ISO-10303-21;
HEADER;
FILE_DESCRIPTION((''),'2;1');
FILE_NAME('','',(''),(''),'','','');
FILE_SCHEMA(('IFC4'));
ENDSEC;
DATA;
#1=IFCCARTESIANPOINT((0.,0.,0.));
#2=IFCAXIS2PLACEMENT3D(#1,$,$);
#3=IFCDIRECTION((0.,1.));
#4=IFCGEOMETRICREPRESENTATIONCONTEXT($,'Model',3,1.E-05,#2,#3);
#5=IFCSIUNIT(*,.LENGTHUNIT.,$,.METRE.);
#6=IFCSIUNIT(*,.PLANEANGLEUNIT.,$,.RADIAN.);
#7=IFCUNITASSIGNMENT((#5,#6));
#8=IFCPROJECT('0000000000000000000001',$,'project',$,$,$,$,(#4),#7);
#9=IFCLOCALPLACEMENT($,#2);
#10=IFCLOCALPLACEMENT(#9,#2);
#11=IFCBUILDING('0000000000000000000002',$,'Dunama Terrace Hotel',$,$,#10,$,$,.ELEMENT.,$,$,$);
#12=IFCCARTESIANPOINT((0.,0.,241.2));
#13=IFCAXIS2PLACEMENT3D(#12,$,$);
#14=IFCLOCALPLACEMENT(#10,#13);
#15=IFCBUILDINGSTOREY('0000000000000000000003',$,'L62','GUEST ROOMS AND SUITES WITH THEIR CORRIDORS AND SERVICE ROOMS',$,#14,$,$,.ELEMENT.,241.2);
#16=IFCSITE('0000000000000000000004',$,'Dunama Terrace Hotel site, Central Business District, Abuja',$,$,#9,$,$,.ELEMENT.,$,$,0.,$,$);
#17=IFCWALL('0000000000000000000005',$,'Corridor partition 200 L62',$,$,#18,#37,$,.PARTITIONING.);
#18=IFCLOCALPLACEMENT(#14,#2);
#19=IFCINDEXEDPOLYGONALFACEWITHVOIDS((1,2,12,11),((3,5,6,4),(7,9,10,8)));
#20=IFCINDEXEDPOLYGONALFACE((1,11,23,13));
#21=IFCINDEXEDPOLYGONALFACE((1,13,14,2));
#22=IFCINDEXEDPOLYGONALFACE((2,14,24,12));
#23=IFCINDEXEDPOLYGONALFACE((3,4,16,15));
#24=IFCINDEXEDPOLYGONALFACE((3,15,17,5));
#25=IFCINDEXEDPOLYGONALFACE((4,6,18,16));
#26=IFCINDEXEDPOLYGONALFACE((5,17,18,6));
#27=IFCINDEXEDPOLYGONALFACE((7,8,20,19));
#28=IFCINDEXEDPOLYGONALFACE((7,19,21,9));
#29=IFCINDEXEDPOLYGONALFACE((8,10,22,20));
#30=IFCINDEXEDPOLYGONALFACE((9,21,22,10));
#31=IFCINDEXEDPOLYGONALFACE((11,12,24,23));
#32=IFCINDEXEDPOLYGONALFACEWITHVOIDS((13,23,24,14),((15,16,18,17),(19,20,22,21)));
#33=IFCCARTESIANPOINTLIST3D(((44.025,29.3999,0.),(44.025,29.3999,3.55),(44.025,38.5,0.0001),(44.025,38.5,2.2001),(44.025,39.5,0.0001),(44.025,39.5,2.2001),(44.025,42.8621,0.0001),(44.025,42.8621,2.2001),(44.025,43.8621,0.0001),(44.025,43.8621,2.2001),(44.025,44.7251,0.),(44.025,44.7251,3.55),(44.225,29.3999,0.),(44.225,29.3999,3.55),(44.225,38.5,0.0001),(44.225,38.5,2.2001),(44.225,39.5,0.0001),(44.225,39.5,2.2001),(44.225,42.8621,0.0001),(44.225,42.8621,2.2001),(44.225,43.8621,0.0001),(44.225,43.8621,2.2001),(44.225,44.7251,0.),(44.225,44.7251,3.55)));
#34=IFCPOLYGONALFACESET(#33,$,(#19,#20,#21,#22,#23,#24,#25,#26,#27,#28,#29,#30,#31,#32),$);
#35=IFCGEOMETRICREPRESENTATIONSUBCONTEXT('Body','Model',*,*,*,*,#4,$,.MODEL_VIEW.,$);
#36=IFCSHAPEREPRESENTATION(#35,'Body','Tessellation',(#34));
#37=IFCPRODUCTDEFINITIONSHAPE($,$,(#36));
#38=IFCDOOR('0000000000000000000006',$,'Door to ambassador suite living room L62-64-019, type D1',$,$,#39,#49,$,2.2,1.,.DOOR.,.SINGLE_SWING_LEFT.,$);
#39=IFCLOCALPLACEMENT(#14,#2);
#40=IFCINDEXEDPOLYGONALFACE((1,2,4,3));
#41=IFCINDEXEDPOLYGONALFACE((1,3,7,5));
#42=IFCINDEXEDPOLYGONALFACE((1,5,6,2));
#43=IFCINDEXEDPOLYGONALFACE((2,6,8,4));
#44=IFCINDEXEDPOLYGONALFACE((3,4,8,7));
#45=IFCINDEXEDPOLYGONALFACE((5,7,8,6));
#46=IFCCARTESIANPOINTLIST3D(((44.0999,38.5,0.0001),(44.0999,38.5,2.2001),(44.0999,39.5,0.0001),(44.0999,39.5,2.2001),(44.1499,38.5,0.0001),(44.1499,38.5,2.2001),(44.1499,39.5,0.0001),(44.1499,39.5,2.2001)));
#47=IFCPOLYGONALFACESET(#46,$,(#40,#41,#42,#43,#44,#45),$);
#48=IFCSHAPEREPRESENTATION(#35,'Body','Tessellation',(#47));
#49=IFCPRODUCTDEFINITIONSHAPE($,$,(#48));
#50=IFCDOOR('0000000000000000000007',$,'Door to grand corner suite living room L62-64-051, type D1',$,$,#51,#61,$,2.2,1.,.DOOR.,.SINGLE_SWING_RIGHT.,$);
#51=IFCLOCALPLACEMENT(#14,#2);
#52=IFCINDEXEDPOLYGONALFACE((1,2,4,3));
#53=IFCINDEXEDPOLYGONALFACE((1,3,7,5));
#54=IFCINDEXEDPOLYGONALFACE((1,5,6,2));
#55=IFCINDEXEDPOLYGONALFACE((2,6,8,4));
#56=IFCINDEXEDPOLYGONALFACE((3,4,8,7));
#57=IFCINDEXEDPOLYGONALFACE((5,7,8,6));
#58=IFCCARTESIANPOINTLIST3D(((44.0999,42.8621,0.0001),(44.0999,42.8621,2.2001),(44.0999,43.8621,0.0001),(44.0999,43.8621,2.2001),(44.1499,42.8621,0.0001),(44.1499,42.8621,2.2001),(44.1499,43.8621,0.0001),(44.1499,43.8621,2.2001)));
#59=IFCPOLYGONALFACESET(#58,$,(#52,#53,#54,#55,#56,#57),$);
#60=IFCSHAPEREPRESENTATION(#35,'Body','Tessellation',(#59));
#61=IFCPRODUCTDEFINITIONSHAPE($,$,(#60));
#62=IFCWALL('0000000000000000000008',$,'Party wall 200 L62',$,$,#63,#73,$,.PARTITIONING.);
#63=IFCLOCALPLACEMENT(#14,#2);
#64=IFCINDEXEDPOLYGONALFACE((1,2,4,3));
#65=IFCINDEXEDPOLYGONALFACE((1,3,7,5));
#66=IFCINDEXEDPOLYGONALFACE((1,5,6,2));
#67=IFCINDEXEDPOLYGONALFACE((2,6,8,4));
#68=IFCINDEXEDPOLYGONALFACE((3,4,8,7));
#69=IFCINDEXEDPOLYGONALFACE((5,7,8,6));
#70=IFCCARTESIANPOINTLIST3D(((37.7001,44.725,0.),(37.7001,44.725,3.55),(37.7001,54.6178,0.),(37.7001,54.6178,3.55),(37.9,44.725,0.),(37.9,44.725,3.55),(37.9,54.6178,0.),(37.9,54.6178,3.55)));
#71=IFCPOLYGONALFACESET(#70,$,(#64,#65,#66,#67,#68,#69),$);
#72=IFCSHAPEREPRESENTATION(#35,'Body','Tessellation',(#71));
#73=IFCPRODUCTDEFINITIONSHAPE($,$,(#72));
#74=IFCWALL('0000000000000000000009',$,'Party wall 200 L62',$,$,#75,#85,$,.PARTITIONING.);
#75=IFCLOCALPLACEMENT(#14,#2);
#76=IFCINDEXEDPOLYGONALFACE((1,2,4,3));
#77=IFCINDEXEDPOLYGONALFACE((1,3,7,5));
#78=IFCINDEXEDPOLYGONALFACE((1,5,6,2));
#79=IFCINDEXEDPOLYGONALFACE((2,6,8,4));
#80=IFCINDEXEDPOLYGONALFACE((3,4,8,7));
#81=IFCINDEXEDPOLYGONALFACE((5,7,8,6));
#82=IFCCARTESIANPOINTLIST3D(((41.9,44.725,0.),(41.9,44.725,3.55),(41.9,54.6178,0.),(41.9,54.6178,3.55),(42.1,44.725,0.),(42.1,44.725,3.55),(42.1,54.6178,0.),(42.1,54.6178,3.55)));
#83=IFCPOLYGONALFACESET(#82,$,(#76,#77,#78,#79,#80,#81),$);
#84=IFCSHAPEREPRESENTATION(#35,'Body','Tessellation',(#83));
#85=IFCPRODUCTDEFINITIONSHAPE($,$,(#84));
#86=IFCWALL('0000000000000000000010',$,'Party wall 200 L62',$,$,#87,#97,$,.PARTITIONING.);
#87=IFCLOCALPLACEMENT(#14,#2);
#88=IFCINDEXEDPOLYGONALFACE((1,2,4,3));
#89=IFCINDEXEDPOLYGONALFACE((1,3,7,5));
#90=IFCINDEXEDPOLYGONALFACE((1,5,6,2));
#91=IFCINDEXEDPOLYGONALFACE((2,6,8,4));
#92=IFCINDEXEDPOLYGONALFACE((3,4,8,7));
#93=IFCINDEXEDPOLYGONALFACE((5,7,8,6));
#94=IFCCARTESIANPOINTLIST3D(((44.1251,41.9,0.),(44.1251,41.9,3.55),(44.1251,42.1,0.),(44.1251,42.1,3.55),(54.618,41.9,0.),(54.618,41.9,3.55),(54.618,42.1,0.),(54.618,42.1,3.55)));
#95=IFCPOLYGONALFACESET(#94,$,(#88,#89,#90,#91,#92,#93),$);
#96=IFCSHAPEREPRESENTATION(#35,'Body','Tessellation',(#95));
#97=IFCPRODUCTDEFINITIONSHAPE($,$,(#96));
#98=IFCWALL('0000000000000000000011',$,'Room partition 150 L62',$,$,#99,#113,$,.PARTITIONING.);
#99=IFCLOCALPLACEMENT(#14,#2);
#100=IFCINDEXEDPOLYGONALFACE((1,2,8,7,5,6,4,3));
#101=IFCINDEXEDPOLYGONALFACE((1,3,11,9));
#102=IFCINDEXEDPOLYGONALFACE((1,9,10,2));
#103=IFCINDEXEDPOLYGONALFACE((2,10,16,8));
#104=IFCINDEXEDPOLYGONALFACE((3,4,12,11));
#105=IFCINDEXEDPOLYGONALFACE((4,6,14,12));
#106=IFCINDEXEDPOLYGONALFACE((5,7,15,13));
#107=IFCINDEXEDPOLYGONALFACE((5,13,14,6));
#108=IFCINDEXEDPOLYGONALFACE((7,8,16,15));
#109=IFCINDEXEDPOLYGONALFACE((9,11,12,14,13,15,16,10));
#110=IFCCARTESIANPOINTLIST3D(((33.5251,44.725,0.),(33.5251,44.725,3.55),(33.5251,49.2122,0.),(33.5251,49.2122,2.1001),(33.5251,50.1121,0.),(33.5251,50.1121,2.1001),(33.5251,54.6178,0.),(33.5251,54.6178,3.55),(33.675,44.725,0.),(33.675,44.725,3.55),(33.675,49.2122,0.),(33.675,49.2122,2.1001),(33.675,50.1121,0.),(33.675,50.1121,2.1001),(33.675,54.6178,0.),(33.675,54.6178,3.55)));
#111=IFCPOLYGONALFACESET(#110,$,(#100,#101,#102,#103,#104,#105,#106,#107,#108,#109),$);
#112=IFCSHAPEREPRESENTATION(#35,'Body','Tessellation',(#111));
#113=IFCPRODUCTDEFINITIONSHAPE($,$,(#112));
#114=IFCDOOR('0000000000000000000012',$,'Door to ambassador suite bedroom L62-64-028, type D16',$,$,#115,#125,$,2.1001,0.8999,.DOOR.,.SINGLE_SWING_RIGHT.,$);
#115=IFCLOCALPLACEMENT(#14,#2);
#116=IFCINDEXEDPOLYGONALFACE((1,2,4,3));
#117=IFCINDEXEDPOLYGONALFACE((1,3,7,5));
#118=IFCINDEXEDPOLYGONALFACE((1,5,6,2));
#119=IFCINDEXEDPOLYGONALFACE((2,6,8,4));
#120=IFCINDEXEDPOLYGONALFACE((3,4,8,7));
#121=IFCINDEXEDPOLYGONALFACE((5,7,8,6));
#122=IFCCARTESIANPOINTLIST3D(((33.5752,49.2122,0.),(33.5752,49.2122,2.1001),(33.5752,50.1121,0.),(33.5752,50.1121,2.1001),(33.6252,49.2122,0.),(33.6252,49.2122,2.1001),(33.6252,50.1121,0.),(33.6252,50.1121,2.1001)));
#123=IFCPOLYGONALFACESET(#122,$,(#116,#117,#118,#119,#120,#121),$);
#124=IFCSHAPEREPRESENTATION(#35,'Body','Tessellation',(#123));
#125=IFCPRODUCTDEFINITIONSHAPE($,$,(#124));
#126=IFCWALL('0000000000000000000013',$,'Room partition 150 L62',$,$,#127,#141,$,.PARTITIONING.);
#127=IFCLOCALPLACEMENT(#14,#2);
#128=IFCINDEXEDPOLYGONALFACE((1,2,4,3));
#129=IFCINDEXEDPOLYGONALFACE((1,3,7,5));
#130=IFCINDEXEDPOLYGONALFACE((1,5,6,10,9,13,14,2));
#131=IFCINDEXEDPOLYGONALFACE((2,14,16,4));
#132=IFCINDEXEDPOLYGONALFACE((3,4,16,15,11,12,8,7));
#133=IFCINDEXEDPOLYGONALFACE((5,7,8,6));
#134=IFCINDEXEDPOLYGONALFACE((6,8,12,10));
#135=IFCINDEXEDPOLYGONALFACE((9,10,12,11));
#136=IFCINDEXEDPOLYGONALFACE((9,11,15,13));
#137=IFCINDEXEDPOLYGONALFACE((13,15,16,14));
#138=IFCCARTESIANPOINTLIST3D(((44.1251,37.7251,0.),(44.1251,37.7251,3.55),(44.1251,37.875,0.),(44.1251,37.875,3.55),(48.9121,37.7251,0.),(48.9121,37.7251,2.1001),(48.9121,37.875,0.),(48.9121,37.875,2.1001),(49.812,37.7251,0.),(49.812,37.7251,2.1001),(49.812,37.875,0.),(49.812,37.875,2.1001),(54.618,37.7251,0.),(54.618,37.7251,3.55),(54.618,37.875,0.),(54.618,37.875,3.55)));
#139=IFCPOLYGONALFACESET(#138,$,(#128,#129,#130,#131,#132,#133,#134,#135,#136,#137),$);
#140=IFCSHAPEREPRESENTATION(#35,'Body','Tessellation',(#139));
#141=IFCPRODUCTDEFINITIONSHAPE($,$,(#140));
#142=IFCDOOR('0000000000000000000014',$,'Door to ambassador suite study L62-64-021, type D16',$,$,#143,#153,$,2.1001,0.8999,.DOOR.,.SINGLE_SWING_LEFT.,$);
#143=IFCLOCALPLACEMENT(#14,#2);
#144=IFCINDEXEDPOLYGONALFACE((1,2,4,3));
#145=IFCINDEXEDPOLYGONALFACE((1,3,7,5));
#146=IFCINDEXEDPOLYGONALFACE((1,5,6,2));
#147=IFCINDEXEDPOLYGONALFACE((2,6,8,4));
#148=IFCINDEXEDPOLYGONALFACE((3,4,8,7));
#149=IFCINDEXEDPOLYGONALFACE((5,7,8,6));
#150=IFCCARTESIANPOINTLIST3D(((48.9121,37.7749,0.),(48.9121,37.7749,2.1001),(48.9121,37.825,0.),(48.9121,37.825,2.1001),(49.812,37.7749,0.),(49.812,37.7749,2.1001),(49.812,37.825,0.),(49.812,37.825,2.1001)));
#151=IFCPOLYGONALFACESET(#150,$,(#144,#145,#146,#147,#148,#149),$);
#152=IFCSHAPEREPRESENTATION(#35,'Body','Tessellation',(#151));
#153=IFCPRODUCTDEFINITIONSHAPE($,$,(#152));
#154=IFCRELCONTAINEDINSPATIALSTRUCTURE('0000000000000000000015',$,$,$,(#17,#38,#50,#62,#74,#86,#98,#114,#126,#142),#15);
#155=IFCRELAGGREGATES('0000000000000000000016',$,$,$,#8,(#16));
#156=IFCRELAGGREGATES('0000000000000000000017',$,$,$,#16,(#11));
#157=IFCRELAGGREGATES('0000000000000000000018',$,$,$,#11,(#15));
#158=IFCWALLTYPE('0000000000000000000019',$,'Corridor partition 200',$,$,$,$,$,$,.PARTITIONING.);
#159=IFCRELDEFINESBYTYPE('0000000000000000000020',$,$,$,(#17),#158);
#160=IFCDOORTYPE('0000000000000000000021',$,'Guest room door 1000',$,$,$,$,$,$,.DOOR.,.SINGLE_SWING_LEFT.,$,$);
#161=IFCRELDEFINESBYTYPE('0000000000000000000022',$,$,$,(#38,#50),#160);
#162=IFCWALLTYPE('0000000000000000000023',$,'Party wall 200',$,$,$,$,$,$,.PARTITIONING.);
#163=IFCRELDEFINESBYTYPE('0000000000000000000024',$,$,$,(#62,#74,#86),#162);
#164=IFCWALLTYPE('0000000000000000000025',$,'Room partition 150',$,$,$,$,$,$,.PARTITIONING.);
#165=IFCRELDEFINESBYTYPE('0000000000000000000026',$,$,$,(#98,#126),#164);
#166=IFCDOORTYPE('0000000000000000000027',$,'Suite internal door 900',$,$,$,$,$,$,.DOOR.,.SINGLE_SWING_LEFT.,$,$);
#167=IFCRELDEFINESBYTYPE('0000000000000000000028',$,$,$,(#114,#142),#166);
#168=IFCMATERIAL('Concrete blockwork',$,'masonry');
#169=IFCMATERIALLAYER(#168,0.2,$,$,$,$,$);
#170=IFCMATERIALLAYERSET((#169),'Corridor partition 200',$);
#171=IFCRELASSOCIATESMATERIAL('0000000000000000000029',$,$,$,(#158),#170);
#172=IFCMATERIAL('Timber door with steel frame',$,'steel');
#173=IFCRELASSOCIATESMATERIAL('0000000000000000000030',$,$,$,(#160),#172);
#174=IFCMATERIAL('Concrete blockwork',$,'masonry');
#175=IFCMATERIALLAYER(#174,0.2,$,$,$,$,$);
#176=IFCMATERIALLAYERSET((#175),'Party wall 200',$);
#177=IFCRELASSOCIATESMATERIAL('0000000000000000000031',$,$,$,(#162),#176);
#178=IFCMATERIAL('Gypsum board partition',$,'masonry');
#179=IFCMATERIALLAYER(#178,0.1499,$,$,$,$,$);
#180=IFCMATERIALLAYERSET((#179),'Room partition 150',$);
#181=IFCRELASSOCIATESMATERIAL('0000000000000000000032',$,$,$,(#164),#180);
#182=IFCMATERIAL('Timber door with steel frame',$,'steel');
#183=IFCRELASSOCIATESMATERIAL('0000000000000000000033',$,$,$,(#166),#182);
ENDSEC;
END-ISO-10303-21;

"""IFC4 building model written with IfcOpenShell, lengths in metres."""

from ifc_helpers import new_model, si_unit, direction, frame, frame_2d, origin, place, context, subcontext, project, spatial, rectangle, extrude, material, layer, layer_set, type_object, element, fill, save


model = new_model("IFC4")

# Units and contexts
model_context = context("Model", 3, precision=1e-05, world=origin(), true_north=direction((0.0, 1.0)))
body_context = subcontext(model_context, "Body", "Model", "MODEL_VIEW")
ifc_project = project(units=[si_unit("LENGTHUNIT", "METRE"), si_unit("PLANEANGLEUNIT", "RADIAN")], contexts=[model_context])

# Site, building, storey
site_placement = place(None, origin())
site = spatial("IfcSite", under=ifc_project, at=site_placement, Name="Dunama Terrace Hotel site, Central Business District, Abuja", CompositionType="ELEMENT", RefElevation=0.0)
building_placement = place(site_placement, origin())
building = spatial("IfcBuilding", under=site, at=building_placement, Name="Dunama Terrace Hotel", CompositionType="ELEMENT")
storey_placement = place(building_placement, frame((0.0, 0.0, 241.2)))
storey = spatial("IfcBuildingStorey", under=building, at=storey_placement, Name="L62", Description="GUEST ROOMS AND SUITES WITH THEIR CORRIDORS AND SERVICE ROOMS", CompositionType="ELEMENT", Elevation=241.2)

# Wall, openings, doors
ifc_material_1 = material(Name="Concrete blockwork", Category="masonry")
ifc_layer_1 = layer(ifc_material_1, 0.2)
ifc_layer_set_1 = layer_set([ifc_layer_1], Name="Corridor partition 200")
wall_type_1 = type_object("IfcWallType", Name="Corridor partition 200", PredefinedType="PARTITIONING", material=ifc_layer_set_1)
wall_1_placement = place(storey_placement, frame((44.125, 44.7251, 0.0), z_axis=(0.0, 0.0, 1.0), x_axis=(0.0, -1.0, 0.0)))
wall_1 = element("IfcWall", 1, at=wall_1_placement, inside=storey, type_object=wall_type_1, Name="Corridor partition 200 L62", PredefinedType="PARTITIONING", context=body_context, shape_type="SweptSolid", body=[
    extrude(rectangle(XDim=15.3252, YDim=0.2, at=frame_2d((7.6626, 0.0))), origin(), (0.0, 0.0, 1.0), 3.55),
])
opening_1_placement = place(wall_1_placement, frame((5.2251, 0.0, 0.0)))
opening_1 = element("IfcOpeningElement", 2, at=opening_1_placement, cuts=wall_1, PredefinedType="OPENING", context=body_context, shape_type="SweptSolid", body=[
    extrude(rectangle(XDim=1.0, YDim=2.2, at=frame_2d((0.5, 1.1001))), frame((0.0, 0.1099, 0.0), z_axis=(0.0, -1.0, 0.0), x_axis=(1.0, 0.0, 0.0)), (0.0, 0.0, 1.0), 0.22),
])
opening_2_placement = place(wall_1_placement, frame((0.863, 0.0, 0.0)))
opening_2 = element("IfcOpeningElement", 3, at=opening_2_placement, cuts=wall_1, PredefinedType="OPENING", context=body_context, shape_type="SweptSolid", body=[
    extrude(rectangle(XDim=1.0, YDim=2.2, at=frame_2d((0.5, 1.1001))), frame((0.0, 0.1099, 0.0), z_axis=(0.0, -1.0, 0.0), x_axis=(1.0, 0.0, 0.0)), (0.0, 0.0, 1.0), 0.22),
])
ifc_material_2 = material(Name="Timber door with steel frame", Category="steel")
door_type_1 = type_object("IfcDoorType", Name="Guest room door 1000", OperationType="SINGLE_SWING_LEFT", PredefinedType="DOOR", material=ifc_material_2)
door_1_placement = place(opening_1_placement, origin())
door_1 = element("IfcDoor", 4, at=door_1_placement, inside=storey, type_object=door_type_1, Name="Door to ambassador suite living room L62-64-019, type D1", OperationType="SINGLE_SWING_LEFT", OverallHeight=2.2, OverallWidth=1.0, PredefinedType="DOOR", context=body_context, shape_type="SweptSolid", body=[
    extrude(rectangle(XDim=1.0, YDim=2.2, at=frame_2d((0.5, 1.1001))), frame((0.0, 0.0249, 0.0), z_axis=(0.0, -1.0, 0.0), x_axis=(1.0, 0.0, 0.0)), (0.0, 0.0, 1.0), 0.05),
])
fill(opening_1, door_1)
door_2_placement = place(opening_2_placement, origin())
door_2 = element("IfcDoor", 5, at=door_2_placement, inside=storey, type_object=door_type_1, Name="Door to grand corner suite living room L62-64-051, type D1", OperationType="SINGLE_SWING_RIGHT", OverallHeight=2.2, OverallWidth=1.0, PredefinedType="DOOR", context=body_context, shape_type="SweptSolid", body=[
    extrude(rectangle(XDim=1.0, YDim=2.2, at=frame_2d((0.5, 1.1001))), frame((0.0, 0.0249, 0.0), z_axis=(0.0, -1.0, 0.0), x_axis=(1.0, 0.0, 0.0)), (0.0, 0.0, 1.0), 0.05),
])
fill(opening_2, door_2)

# Walls
ifc_material_3 = material(Name="Concrete blockwork", Category="masonry")
ifc_layer_2 = layer(ifc_material_3, 0.2)
ifc_layer_set_2 = layer_set([ifc_layer_2], Name="Party wall 200")
wall_type_2 = type_object("IfcWallType", Name="Party wall 200", PredefinedType="PARTITIONING", material=ifc_layer_set_2)
for number, where, z_axis, x_axis, name in (
    (6, (37.8, 44.7251, 0.0), (0.0, 0.0, 1.0), (0.0, 1.0, 0.0), "Party wall 200 L62"),
    (7, (42.0, 44.7251, 0.0), (0.0, 0.0, 1.0), (0.0, 1.0, 0.0), "Party wall 200 L62"),
):
    element("IfcWall", number, at=place(storey_placement, frame(where, z_axis=z_axis, x_axis=x_axis)), inside=storey, type_object=wall_type_2, Name=name, PredefinedType="PARTITIONING", context=body_context, shape_type="SweptSolid", body=[
        extrude(rectangle(XDim=9.8928, YDim=0.2, at=frame_2d((4.9463, 0.0))), origin(), (0.0, 0.0, 1.0), 3.55),
    ])
wall_2_placement = place(storey_placement, frame((44.125, 42.0, 0.0), z_axis=(0.0, 0.0, 1.0), x_axis=(1.0, 0.0, 0.0)))
element("IfcWall", 8, at=wall_2_placement, inside=storey, type_object=wall_type_2, Name="Party wall 200 L62", PredefinedType="PARTITIONING", context=body_context, shape_type="SweptSolid", body=[
    extrude(rectangle(XDim=10.4929, YDim=0.2, at=frame_2d((5.2466, 0.0))), origin(), (0.0, 0.0, 1.0), 3.55),
])

# Walls, openings, doors
ifc_material_4 = material(Name="Gypsum board partition", Category="masonry")
ifc_layer_3 = layer(ifc_material_4, 0.1499)
ifc_layer_set_3 = layer_set([ifc_layer_3], Name="Room partition 150")
wall_type_3 = type_object("IfcWallType", Name="Room partition 150", PredefinedType="PARTITIONING", material=ifc_layer_set_3)
wall_3_placement = place(storey_placement, frame((33.6001, 44.7251, 0.0), z_axis=(0.0, 0.0, 1.0), x_axis=(0.0, 1.0, 0.0)))
wall_3 = element("IfcWall", 9, at=wall_3_placement, inside=storey, type_object=wall_type_3, Name="Room partition 150 L62", PredefinedType="PARTITIONING", context=body_context, shape_type="SweptSolid", body=[
    extrude(rectangle(XDim=9.8928, YDim=0.1499, at=frame_2d((4.9463, 0.0))), origin(), (0.0, 0.0, 1.0), 3.55),
])
opening_3_placement = place(wall_3_placement, frame((4.4871, 0.0, 0.0)))
opening_3 = element("IfcOpeningElement", 10, at=opening_3_placement, cuts=wall_3, PredefinedType="OPENING", context=body_context, shape_type="SweptSolid", body=[
    extrude(rectangle(XDim=0.8999, YDim=2.1001, at=frame_2d((0.45, 1.05))), frame((0.0, 0.085, 0.0), z_axis=(0.0, -1.0, 0.0), x_axis=(1.0, 0.0, 0.0)), (0.0, 0.0, 1.0), 0.1699),
])
ifc_material_5 = material(Name="Timber door with steel frame", Category="steel")
door_type_2 = type_object("IfcDoorType", Name="Suite internal door 900", OperationType="SINGLE_SWING_LEFT", PredefinedType="DOOR", material=ifc_material_5)
door_3_placement = place(opening_3_placement, frame((0.8999, 0.0, 0.0), z_axis=(0.0, 0.0, 1.0), x_axis=(-1.0, 0.0, 0.0)))
door_3 = element("IfcDoor", 11, at=door_3_placement, inside=storey, type_object=door_type_2, Name="Door to ambassador suite bedroom L62-64-028, type D16", OperationType="SINGLE_SWING_RIGHT", OverallHeight=2.1001, OverallWidth=0.8999, PredefinedType="DOOR", context=body_context, shape_type="SweptSolid", body=[
    extrude(rectangle(XDim=0.8999, YDim=2.1001, at=frame_2d((0.45, 1.05))), frame((0.0, 0.0251, 0.0), z_axis=(0.0, -1.0, 0.0), x_axis=(1.0, 0.0, 0.0)), (0.0, 0.0, 1.0), 0.05),
])
fill(opening_3, door_3)
wall_4_placement = place(storey_placement, frame((44.125, 37.8, 0.0), z_axis=(0.0, 0.0, 1.0), x_axis=(1.0, 0.0, 0.0)))
wall_4 = element("IfcWall", 12, at=wall_4_placement, inside=storey, type_object=wall_type_3, Name="Room partition 150 L62", PredefinedType="PARTITIONING", context=body_context, shape_type="SweptSolid", body=[
    extrude(rectangle(XDim=10.4929, YDim=0.1499, at=frame_2d((5.2466, 0.0))), origin(), (0.0, 0.0, 1.0), 3.55),
])
opening_4_placement = place(wall_4_placement, frame((4.7871, 0.0, 0.0)))
opening_4 = element("IfcOpeningElement", 13, at=opening_4_placement, cuts=wall_4, PredefinedType="OPENING", context=body_context, shape_type="SweptSolid", body=[
    extrude(rectangle(XDim=0.8999, YDim=2.1001, at=frame_2d((0.45, 1.05))), frame((0.0, 0.085, 0.0), z_axis=(0.0, -1.0, 0.0), x_axis=(1.0, 0.0, 0.0)), (0.0, 0.0, 1.0), 0.1699),
])
door_4_placement = place(opening_4_placement, origin())
door_4 = element("IfcDoor", 14, at=door_4_placement, inside=storey, type_object=door_type_2, Name="Door to ambassador suite study L62-64-021, type D16", OperationType="SINGLE_SWING_LEFT", OverallHeight=2.1001, OverallWidth=0.8999, PredefinedType="DOOR", context=body_context, shape_type="SweptSolid", body=[
    extrude(rectangle(XDim=0.8999, YDim=2.1001, at=frame_2d((0.45, 1.05))), frame((0.0, 0.0249, 0.0), z_axis=(0.0, -1.0, 0.0), x_axis=(1.0, 0.0, 0.0)), (0.0, 0.0, 1.0), 0.05),
])
fill(opening_4, door_4)

save(model, "model.ifc")
